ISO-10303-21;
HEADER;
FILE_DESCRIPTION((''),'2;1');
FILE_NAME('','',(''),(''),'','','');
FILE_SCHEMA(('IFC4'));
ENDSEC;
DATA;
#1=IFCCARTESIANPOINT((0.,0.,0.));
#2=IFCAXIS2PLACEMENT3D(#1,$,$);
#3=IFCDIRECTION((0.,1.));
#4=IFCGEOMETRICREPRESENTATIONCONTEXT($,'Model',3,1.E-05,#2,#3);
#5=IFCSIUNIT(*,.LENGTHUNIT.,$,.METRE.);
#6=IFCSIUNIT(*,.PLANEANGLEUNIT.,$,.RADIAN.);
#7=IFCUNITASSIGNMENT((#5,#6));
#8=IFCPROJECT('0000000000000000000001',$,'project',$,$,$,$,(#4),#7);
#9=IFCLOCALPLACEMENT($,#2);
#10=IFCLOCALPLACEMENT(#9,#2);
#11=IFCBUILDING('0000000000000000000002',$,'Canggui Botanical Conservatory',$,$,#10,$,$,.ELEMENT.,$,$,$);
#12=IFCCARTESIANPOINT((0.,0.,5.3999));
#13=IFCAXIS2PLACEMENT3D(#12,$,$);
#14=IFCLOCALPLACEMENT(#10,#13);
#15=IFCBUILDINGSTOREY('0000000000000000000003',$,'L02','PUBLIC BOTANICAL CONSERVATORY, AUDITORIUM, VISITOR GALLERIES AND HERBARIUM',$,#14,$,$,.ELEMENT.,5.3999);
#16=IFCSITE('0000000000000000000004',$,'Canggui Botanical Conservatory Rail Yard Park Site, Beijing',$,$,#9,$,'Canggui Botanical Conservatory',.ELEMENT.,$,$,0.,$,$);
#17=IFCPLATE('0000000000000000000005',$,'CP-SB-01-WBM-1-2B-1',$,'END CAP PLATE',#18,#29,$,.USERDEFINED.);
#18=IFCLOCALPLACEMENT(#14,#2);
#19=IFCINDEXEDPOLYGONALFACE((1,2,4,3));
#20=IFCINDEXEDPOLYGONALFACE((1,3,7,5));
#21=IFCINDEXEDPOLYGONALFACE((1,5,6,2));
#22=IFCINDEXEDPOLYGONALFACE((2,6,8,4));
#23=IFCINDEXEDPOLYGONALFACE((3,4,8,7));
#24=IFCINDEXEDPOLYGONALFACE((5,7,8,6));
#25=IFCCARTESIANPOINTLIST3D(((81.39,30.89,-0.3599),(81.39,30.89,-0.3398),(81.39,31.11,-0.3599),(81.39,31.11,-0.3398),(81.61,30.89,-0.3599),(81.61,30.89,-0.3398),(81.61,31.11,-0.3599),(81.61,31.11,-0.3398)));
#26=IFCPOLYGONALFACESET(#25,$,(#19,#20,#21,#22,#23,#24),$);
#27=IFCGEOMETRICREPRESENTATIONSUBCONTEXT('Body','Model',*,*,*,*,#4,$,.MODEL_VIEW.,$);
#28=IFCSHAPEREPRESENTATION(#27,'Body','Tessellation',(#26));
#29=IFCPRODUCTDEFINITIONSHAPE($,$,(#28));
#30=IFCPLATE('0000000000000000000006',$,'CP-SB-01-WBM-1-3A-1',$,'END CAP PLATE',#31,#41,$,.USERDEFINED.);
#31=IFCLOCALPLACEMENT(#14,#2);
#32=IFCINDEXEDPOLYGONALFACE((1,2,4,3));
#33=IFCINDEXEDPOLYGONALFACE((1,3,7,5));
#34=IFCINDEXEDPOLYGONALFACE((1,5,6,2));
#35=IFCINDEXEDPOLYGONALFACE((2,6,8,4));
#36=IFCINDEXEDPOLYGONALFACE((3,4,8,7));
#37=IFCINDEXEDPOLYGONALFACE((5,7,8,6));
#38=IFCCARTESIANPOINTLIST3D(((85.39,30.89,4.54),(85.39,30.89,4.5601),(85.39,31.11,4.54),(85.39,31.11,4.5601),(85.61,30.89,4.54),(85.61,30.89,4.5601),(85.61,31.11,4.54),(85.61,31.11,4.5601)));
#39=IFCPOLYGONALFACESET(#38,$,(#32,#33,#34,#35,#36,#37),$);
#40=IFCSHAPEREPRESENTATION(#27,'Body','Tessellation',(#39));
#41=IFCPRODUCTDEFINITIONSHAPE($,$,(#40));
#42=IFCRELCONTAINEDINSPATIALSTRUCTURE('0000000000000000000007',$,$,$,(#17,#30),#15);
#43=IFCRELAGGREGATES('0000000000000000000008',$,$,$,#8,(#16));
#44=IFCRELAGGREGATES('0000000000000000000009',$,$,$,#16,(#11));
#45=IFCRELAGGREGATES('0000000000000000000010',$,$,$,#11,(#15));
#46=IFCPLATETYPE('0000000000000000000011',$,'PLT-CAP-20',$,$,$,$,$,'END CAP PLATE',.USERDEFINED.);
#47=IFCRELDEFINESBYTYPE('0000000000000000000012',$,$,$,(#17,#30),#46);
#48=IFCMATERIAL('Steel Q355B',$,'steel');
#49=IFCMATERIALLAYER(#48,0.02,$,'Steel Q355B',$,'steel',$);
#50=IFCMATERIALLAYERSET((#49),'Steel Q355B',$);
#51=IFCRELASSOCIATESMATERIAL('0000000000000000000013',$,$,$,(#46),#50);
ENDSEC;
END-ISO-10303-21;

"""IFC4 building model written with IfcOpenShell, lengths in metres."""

from ifc_helpers import new_model, si_unit, direction, frame, origin, origin_2d, place, context, subcontext, project, spatial, rectangle, extrude, material, layer, layer_set, type_object, element, save


model = new_model("IFC4")

# Units and contexts
model_context = context("Model", 3, precision=1e-05, world=origin(), true_north=direction((0.0, 1.0)))
body_context = subcontext(model_context, "Body", "Model", "MODEL_VIEW")
ifc_project = project(units=[si_unit("LENGTHUNIT", "METRE"), si_unit("PLANEANGLEUNIT", "RADIAN")], contexts=[model_context])

# Site, building, storey
site_placement = place(None, origin())
site = spatial("IfcSite", under=ifc_project, at=site_placement, Name="Canggui Botanical Conservatory Rail Yard Park Site, Beijing", LongName="Canggui Botanical Conservatory", CompositionType="ELEMENT", RefElevation=0.0)
building_placement = place(site_placement, origin())
building = spatial("IfcBuilding", under=site, at=building_placement, Name="Canggui Botanical Conservatory", CompositionType="ELEMENT")
storey_placement = place(building_placement, frame((0.0, 0.0, 5.3999)))
storey = spatial("IfcBuildingStorey", under=building, at=storey_placement, Name="L02", Description="PUBLIC BOTANICAL CONSERVATORY, AUDITORIUM, VISITOR GALLERIES AND HERBARIUM", CompositionType="ELEMENT", Elevation=5.3999)

# Shared definitions
ifc_material_1 = material(Name="Steel Q355B", Category="steel")

# Plates
ifc_layer_1 = layer(ifc_material_1, 0.02, Name="Steel Q355B", Category="steel")
ifc_layer_set_1 = layer_set([ifc_layer_1], Name="Steel Q355B")
plate_type_1 = type_object("IfcPlateType", Name="PLT-CAP-20", ElementType="END CAP PLATE", PredefinedType="USERDEFINED", material=ifc_layer_set_1)
for number, where, z_axis, x_axis, name in (
    (1, (81.5, 31.0, -0.3599), (0.0, 0.0, 1.0), (1.0, 0.0, 0.0), "CP-SB-01-WBM-1-2B-1"),
    (2, (85.5, 31.0, 4.54), (0.0, 0.0, 1.0), (1.0, 0.0, 0.0), "CP-SB-01-WBM-1-3A-1"),
):
    element("IfcPlate", number, at=place(storey_placement, frame(where, z_axis=z_axis, x_axis=x_axis)), inside=storey, type_object=plate_type_1, Name=name, ObjectType="END CAP PLATE", PredefinedType="USERDEFINED", context=body_context, shape_type="SweptSolid", body=[
        extrude(rectangle(XDim=0.22, YDim=0.22, at=origin_2d()), origin(), (0.0, 0.0, 1.0), 0.02),
    ])

save(model, "model.ifc")
